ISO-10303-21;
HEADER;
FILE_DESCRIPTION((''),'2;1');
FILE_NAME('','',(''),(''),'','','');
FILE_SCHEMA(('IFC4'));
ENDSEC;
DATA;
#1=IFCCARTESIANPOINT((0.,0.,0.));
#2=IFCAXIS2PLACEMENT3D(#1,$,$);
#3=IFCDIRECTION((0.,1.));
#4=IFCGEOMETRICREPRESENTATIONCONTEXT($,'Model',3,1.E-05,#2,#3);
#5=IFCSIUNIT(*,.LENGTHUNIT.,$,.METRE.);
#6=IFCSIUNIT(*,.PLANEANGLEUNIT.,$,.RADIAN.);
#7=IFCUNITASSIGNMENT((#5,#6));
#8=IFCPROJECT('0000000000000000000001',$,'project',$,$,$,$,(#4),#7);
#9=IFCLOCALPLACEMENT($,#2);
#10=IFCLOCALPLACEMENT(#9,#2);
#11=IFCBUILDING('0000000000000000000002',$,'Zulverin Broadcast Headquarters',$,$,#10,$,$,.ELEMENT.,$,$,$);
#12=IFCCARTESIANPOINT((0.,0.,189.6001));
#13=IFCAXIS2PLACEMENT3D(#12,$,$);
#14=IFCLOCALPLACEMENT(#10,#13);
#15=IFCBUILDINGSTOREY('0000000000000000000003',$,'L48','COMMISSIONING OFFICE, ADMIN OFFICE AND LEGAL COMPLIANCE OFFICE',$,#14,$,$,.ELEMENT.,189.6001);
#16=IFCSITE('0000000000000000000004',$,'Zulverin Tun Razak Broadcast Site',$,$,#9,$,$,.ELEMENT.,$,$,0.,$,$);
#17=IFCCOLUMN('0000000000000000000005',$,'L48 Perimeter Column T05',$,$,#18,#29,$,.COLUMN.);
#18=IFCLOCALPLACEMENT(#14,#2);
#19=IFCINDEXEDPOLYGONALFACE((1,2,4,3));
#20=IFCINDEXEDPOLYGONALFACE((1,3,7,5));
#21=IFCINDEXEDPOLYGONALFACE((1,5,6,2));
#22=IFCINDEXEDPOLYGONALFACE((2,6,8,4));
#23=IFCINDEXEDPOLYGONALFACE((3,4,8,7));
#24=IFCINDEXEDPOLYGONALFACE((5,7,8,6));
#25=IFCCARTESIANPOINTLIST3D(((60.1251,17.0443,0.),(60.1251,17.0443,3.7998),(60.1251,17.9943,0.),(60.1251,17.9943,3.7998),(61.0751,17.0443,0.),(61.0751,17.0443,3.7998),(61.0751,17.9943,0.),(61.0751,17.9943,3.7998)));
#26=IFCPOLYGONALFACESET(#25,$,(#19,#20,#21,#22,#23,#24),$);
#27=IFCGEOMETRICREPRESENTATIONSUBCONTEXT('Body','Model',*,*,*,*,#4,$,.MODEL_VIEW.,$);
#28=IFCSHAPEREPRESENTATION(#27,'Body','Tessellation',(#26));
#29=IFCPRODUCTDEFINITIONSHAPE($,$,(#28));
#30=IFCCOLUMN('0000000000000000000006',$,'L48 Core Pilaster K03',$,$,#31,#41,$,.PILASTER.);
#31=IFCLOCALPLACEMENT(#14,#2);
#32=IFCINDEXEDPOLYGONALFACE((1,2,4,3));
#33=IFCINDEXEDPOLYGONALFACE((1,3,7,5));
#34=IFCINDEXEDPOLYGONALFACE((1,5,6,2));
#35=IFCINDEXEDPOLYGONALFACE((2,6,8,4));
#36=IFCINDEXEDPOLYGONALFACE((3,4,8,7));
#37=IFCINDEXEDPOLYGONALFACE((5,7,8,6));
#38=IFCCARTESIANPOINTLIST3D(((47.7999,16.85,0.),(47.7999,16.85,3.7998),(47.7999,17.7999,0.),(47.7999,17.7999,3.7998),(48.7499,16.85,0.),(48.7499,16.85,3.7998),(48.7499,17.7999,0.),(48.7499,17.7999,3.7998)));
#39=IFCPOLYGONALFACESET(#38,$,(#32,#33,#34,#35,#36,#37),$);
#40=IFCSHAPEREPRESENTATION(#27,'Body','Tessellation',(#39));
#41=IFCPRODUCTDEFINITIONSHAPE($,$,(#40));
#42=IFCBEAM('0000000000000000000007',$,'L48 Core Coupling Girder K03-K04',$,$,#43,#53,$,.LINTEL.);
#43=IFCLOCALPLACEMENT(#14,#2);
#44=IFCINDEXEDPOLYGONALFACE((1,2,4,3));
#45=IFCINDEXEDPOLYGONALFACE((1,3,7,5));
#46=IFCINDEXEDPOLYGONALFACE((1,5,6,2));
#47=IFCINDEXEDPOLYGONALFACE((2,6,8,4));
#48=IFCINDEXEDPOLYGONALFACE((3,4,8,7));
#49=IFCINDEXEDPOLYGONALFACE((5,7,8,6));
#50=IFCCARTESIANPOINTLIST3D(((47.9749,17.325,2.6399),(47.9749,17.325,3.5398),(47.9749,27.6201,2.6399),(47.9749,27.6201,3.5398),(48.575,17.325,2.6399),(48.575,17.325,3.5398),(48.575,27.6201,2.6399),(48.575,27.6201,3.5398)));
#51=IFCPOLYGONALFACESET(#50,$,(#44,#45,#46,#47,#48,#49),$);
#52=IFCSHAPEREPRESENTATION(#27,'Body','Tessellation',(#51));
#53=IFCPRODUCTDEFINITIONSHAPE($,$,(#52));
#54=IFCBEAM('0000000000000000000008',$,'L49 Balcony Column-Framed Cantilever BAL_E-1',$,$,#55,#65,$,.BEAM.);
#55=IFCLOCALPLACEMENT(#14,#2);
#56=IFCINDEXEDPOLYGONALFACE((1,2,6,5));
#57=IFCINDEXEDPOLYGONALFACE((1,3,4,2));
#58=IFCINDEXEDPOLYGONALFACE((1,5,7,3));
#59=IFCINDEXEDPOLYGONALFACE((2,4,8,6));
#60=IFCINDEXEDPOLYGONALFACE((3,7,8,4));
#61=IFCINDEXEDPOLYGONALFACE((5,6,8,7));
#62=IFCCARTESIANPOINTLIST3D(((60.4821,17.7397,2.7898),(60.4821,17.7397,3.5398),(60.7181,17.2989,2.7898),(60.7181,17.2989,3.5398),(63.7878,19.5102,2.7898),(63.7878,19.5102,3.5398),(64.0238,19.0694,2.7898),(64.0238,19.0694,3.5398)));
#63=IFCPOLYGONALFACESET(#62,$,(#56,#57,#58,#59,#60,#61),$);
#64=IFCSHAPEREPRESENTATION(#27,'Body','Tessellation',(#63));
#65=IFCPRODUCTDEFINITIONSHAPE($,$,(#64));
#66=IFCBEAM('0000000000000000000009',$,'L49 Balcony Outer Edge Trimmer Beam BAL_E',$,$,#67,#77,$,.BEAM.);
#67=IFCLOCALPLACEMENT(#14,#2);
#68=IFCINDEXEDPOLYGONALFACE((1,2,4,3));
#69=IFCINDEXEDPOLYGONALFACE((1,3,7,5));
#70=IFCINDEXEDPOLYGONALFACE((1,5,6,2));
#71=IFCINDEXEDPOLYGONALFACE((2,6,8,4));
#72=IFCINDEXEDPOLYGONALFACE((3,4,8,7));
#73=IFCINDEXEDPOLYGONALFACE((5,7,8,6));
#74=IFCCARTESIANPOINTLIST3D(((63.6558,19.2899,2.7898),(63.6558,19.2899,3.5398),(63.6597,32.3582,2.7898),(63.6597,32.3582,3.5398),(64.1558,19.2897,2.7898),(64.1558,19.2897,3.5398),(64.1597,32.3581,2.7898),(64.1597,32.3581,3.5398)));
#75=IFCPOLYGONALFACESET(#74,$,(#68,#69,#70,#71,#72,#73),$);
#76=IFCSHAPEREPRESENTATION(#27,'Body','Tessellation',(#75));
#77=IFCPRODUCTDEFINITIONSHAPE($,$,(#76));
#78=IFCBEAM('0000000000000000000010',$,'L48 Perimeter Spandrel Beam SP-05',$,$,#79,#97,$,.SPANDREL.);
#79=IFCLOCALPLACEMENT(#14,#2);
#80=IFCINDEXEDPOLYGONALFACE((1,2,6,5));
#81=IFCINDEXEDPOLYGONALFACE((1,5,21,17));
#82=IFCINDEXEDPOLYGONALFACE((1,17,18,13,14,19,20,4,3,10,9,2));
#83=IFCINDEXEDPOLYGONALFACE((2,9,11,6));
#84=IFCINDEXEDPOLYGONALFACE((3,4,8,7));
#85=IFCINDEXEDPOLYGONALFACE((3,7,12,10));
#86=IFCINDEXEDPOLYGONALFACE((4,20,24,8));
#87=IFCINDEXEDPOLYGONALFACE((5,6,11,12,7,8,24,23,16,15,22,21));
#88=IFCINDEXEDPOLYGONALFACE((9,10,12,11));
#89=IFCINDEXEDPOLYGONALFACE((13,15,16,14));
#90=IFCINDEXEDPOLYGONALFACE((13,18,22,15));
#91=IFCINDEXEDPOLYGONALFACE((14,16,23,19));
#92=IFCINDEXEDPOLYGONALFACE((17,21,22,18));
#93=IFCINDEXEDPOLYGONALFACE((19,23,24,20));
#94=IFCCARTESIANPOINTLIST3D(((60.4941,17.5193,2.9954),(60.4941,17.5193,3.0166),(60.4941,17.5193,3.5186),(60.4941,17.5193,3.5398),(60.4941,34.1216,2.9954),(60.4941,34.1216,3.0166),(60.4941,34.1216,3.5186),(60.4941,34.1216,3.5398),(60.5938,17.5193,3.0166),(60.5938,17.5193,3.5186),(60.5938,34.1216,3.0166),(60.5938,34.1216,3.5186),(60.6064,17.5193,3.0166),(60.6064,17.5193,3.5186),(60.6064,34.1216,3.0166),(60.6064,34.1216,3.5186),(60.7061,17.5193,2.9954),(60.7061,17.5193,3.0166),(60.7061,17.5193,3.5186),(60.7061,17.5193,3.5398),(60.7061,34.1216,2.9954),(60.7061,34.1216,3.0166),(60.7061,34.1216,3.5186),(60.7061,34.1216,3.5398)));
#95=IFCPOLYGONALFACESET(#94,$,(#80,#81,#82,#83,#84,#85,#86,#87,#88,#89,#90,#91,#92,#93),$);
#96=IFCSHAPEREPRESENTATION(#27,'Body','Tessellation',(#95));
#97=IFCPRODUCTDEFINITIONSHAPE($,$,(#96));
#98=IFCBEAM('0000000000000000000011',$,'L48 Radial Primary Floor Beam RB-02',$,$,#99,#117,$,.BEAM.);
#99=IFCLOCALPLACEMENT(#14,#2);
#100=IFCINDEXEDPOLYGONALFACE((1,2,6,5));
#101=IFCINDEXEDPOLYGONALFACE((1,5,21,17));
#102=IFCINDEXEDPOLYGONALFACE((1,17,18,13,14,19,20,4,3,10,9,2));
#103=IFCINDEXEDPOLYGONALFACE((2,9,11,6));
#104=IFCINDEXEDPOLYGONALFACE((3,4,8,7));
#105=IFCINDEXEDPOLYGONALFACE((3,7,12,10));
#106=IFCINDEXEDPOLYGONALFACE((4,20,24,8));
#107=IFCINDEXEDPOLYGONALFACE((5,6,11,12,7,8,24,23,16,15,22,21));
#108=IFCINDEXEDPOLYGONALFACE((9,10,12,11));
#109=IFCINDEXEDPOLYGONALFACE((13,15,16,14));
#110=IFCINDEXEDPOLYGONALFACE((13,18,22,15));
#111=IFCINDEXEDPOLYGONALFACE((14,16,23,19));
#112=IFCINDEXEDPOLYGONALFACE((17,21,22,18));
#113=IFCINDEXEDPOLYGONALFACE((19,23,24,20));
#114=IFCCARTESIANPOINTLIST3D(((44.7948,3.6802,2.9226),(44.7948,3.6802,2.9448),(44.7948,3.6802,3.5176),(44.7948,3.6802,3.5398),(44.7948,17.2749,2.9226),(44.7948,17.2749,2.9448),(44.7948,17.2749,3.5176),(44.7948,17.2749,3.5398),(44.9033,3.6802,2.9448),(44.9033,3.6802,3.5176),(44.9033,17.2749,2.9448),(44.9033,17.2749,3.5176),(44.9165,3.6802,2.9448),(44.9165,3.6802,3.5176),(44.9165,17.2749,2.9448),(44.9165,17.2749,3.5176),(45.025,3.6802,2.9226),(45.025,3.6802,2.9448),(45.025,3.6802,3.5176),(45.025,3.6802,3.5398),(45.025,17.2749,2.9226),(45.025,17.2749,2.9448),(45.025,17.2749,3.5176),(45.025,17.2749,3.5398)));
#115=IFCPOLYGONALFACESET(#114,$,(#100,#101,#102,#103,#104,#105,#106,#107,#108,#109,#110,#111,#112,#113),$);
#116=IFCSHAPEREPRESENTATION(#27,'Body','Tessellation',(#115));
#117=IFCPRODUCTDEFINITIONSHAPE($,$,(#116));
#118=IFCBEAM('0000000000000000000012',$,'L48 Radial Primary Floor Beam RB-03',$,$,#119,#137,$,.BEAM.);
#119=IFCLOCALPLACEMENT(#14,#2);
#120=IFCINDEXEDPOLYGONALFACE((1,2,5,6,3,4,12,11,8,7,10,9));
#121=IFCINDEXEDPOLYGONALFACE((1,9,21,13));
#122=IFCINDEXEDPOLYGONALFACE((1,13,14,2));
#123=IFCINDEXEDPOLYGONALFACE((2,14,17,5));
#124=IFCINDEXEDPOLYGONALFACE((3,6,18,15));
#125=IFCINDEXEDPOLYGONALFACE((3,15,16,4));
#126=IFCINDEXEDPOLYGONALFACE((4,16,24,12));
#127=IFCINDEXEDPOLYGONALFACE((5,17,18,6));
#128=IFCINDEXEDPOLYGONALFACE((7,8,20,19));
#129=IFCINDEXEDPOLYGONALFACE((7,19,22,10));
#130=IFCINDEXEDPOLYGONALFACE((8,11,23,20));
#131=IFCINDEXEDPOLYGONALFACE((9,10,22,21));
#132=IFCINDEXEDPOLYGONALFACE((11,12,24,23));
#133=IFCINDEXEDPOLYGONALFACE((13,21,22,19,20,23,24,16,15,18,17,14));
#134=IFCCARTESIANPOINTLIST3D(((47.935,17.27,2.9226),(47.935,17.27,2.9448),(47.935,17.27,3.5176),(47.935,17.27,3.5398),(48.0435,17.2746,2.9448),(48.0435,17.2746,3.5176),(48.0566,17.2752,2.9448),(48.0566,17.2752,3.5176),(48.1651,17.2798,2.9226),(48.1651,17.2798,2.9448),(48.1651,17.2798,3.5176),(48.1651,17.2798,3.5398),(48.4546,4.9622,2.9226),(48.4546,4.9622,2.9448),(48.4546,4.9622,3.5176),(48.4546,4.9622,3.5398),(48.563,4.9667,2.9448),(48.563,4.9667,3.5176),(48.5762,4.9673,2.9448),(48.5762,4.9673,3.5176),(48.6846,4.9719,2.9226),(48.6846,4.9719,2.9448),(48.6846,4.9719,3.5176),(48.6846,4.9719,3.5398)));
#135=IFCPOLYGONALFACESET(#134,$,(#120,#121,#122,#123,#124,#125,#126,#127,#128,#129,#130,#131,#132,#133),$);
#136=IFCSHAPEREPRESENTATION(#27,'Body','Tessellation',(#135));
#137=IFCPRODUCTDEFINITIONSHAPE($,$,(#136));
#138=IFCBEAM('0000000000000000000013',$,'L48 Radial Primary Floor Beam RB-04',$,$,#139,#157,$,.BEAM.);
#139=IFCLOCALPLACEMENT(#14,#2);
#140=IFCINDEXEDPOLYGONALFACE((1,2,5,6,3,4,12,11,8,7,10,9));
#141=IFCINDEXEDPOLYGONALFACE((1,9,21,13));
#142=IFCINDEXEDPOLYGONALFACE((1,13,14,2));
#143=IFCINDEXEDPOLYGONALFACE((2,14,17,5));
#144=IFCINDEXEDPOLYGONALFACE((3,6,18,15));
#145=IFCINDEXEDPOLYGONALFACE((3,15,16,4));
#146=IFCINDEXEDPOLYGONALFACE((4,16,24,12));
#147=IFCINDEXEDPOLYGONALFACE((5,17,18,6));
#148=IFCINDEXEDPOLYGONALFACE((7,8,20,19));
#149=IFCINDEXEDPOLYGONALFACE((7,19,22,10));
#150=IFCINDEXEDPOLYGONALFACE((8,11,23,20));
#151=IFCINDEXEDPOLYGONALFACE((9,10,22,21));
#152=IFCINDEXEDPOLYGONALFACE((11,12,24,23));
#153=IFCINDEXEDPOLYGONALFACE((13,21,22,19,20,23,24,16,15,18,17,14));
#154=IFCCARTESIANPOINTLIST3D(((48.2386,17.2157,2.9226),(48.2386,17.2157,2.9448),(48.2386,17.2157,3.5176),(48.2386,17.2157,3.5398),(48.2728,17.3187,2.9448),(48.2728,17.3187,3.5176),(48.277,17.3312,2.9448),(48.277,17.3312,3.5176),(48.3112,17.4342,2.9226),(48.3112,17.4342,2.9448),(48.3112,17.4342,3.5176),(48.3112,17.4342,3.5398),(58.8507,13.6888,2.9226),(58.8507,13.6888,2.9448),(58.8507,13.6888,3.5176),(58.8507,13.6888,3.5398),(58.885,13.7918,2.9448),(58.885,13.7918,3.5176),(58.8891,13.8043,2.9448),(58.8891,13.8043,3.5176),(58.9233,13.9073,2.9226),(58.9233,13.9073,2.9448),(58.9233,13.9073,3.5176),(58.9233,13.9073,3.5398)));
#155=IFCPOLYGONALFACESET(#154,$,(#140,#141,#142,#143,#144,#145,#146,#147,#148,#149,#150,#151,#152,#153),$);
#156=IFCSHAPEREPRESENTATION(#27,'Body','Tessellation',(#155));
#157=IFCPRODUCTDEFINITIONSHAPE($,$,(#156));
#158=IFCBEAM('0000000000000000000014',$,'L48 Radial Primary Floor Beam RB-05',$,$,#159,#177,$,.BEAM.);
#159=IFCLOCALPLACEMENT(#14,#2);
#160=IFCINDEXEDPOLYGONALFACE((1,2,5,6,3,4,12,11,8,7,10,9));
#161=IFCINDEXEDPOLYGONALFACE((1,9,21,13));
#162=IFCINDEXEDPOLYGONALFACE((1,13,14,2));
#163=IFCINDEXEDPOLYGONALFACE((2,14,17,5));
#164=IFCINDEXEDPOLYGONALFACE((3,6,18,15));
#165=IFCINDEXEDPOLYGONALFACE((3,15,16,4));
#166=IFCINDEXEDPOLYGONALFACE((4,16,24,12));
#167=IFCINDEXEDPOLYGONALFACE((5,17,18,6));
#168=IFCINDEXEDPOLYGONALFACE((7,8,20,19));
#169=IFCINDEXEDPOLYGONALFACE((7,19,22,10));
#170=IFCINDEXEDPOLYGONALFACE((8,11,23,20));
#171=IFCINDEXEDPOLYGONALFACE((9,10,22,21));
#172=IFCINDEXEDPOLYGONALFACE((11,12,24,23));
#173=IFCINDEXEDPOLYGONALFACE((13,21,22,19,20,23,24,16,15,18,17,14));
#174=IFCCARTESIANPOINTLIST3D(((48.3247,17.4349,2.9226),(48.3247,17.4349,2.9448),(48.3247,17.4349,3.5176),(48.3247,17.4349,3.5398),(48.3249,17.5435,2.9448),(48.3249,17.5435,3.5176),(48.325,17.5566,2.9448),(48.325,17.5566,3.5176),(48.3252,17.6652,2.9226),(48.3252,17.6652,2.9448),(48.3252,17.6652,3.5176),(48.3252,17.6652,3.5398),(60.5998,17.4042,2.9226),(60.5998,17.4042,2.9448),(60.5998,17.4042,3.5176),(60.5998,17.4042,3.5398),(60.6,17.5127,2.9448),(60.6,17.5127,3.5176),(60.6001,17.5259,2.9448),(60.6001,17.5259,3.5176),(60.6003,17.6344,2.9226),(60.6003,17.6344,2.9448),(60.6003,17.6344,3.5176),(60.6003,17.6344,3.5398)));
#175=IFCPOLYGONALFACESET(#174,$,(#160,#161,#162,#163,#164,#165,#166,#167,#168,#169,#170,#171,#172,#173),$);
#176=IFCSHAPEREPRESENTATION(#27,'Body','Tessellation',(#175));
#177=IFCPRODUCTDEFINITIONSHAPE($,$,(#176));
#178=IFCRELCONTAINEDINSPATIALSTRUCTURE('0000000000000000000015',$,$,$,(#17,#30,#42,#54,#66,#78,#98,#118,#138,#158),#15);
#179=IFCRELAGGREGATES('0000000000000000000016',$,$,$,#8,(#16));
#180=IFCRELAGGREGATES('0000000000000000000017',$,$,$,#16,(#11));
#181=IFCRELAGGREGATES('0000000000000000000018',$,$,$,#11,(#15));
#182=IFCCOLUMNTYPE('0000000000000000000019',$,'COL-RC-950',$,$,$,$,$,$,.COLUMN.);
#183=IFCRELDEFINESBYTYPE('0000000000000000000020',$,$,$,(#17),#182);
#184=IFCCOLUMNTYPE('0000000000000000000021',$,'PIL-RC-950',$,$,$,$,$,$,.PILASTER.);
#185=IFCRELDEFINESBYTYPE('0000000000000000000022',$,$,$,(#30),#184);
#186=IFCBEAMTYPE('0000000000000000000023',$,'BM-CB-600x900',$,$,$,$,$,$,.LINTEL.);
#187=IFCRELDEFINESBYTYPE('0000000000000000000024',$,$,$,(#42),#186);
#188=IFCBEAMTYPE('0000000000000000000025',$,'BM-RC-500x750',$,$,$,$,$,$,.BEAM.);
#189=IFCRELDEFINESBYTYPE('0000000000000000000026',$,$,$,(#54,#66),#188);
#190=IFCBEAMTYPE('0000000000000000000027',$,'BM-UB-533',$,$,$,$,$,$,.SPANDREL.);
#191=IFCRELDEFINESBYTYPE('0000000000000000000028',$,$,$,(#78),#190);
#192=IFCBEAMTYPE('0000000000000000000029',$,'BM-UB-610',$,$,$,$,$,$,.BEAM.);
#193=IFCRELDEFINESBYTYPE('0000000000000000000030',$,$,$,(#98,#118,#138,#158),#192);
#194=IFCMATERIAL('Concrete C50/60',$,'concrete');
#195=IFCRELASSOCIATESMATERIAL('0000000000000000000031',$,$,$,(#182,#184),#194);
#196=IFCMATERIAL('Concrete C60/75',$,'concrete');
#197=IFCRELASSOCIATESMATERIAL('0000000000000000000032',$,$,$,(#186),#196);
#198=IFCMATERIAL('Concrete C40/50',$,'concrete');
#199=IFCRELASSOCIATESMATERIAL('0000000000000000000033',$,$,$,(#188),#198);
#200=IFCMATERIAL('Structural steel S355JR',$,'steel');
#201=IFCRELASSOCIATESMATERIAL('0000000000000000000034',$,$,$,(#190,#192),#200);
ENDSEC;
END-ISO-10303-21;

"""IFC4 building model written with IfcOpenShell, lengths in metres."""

from ifc_helpers import new_model, si_unit, direction, frame, origin, origin_2d, place, context, subcontext, project, spatial, rectangle, i_section, extrude, material, material_profile, profile_set, type_object, element, save


model = new_model("IFC4")

# Units and contexts
model_context = context("Model", 3, precision=1e-05, world=origin(), true_north=direction((0.0, 1.0)))
body_context = subcontext(model_context, "Body", "Model", "MODEL_VIEW")
ifc_project = project(units=[si_unit("LENGTHUNIT", "METRE"), si_unit("PLANEANGLEUNIT", "RADIAN")], contexts=[model_context])

# Site, building, storey
site_placement = place(None, origin())
site = spatial("IfcSite", under=ifc_project, at=site_placement, Name="Zulverin Tun Razak Broadcast Site", CompositionType="ELEMENT", RefElevation=0.0)
building_placement = place(site_placement, origin())
building = spatial("IfcBuilding", under=site, at=building_placement, Name="Zulverin Broadcast Headquarters", CompositionType="ELEMENT")
storey_placement = place(building_placement, frame((0.0, 0.0, 189.6001)))
storey = spatial("IfcBuildingStorey", under=building, at=storey_placement, Name="L48", Description="COMMISSIONING OFFICE, ADMIN OFFICE AND LEGAL COMPLIANCE OFFICE", CompositionType="ELEMENT", Elevation=189.6001)

# Columns
ifc_material_1 = material(Name="Concrete C50/60", Category="concrete")
ifc_material_profile_1 = material_profile(ifc_material_1, rectangle(XDim=0.95, YDim=0.95, at=origin_2d()), Name="Concrete C50/60", Category="concrete")
ifc_profile_set_1 = profile_set([ifc_material_profile_1], Name="Concrete C50/60")
column_type_1 = type_object("IfcColumnType", Name="COL-RC-950", PredefinedType="COLUMN", material=ifc_profile_set_1)
column_1_placement = place(storey_placement, frame((60.6001, 17.5193, 0.0), z_axis=(0.0, 0.0, 1.0), x_axis=(1.0, 0.0, 0.0)))
element("IfcColumn", 1, at=column_1_placement, inside=storey, type_object=column_type_1, Name="L48 Perimeter Column T05", PredefinedType="COLUMN", context=body_context, shape_type="SweptSolid", body=[
    extrude(rectangle(XDim=0.95, YDim=0.95, at=origin_2d()), origin(), (0.0, 0.0, 1.0), 3.7998),
])
ifc_material_profile_2 = material_profile(ifc_material_1, rectangle(XDim=0.95, YDim=0.95, at=origin_2d()), Name="Concrete C50/60", Category="concrete")
ifc_profile_set_2 = profile_set([ifc_material_profile_2], Name="Concrete C50/60")
column_type_2 = type_object("IfcColumnType", Name="PIL-RC-950", PredefinedType="PILASTER", material=ifc_profile_set_2)
column_2_placement = place(storey_placement, frame((48.2749, 17.325, 0.0), z_axis=(0.0, 0.0, 1.0), x_axis=(1.0, 0.0, 0.0)))
element("IfcColumn", 2, at=column_2_placement, inside=storey, type_object=column_type_2, Name="L48 Core Pilaster K03", PredefinedType="PILASTER", context=body_context, shape_type="SweptSolid", body=[
    extrude(rectangle(XDim=0.95, YDim=0.95, at=origin_2d()), origin(), (0.0, 0.0, 1.0), 3.7998),
])

# Beams
ifc_material_2 = material(Name="Concrete C60/75", Category="concrete")
ifc_material_profile_3 = material_profile(ifc_material_2, rectangle(XDim=0.6001, YDim=0.8999, at=origin_2d()), Name="Concrete C60/75", Category="concrete")
ifc_profile_set_3 = profile_set([ifc_material_profile_3], Name="Concrete C60/75")
beam_type_1 = type_object("IfcBeamType", Name="BM-CB-600x900", PredefinedType="LINTEL", material=ifc_profile_set_3)
beam_1_placement = place(storey_placement, frame((48.2749, 17.325, 3.0898), z_axis=(0.0, 1.0, 0.0), x_axis=(-1.0, 0.0, 0.0)))
element("IfcBeam", 3, at=beam_1_placement, inside=storey, type_object=beam_type_1, Name="L48 Core Coupling Girder K03-K04", PredefinedType="LINTEL", context=body_context, shape_type="SweptSolid", body=[
    extrude(rectangle(XDim=0.6001, YDim=0.8999, at=origin_2d()), origin(), (0.0, 0.0, 1.0), 10.2952),
])
ifc_material_3 = material(Name="Concrete C40/50", Category="concrete")
ifc_material_profile_4 = material_profile(ifc_material_3, rectangle(XDim=0.5, YDim=0.75, at=origin_2d()), Name="Concrete C40/50", Category="concrete")
ifc_profile_set_4 = profile_set([ifc_material_profile_4], Name="Concrete C40/50")
beam_type_2 = type_object("IfcBeamType", Name="BM-RC-500x750", PredefinedType="BEAM", material=ifc_profile_set_4)
beam_2_placement = place(storey_placement, frame((60.6001, 17.5193, 3.1648), z_axis=(0.881523, 0.472142, 0.0), x_axis=(-0.472142, 0.881523, 0.0)))
element("IfcBeam", 4, at=beam_2_placement, inside=storey, type_object=beam_type_2, Name="L49 Balcony Column-Framed Cantilever BAL_E-1", PredefinedType="BEAM", context=body_context, shape_type="SweptSolid", body=[
    extrude(rectangle(XDim=0.5, YDim=0.75, at=origin_2d()), origin(), (0.0, 0.0, 1.0), 3.75),
])
beam_3_placement = place(storey_placement, frame((63.9058, 19.2898, 3.1648), z_axis=(0.000299, 1.0, 0.0), x_axis=(-1.0, 0.000299, 0.0)))
element("IfcBeam", 5, at=beam_3_placement, inside=storey, type_object=beam_type_2, Name="L49 Balcony Outer Edge Trimmer Beam BAL_E", PredefinedType="BEAM", context=body_context, shape_type="SweptSolid", body=[
    extrude(rectangle(XDim=0.5, YDim=0.75, at=origin_2d()), origin(), (0.0, 0.0, 1.0), 13.0684),
])
ifc_material_4 = material(Name="Structural steel S355JR", Category="steel")
ifc_material_profile_5 = material_profile(ifc_material_4, i_section(OverallWidth=0.2119, OverallDepth=0.5444, WebThickness=0.0127, FlangeThickness=0.0212, at=origin_2d()), Name="Structural steel S355JR", Category="steel")
ifc_profile_set_5 = profile_set([ifc_material_profile_5], Name="Structural steel S355JR")
beam_type_3 = type_object("IfcBeamType", Name="BM-UB-533", PredefinedType="SPANDREL", material=ifc_profile_set_5)
beam_4_placement = place(storey_placement, frame((60.6001, 17.5193, 3.2676), z_axis=(0.0, 1.0, 0.0), x_axis=(-1.0, 0.0, 0.0)))
element("IfcBeam", 6, at=beam_4_placement, inside=storey, type_object=beam_type_3, Name="L48 Perimeter Spandrel Beam SP-05", PredefinedType="SPANDREL", context=body_context, shape_type="SweptSolid", body=[
    extrude(i_section(OverallWidth=0.2119, OverallDepth=0.5444, WebThickness=0.0127, FlangeThickness=0.0212, at=origin_2d()), origin(), (0.0, 0.0, 1.0), 16.6023),
])
ifc_material_profile_6 = material_profile(ifc_material_4, i_section(OverallWidth=0.2302, OverallDepth=0.6172, WebThickness=0.0132, FlangeThickness=0.0222, at=origin_2d()), Name="Structural steel S355JR", Category="steel")
ifc_profile_set_6 = profile_set([ifc_material_profile_6], Name="Structural steel S355JR")
beam_type_4 = type_object("IfcBeamType", Name="BM-UB-610", PredefinedType="BEAM", material=ifc_profile_set_6)
beam_5_placement = place(storey_placement, frame((44.9099, 17.2749, 3.2312), z_axis=(0.0, -1.0, 0.0), x_axis=(1.0, 0.0, 0.0)))
element("IfcBeam", 7, at=beam_5_placement, inside=storey, type_object=beam_type_4, Name="L48 Radial Primary Floor Beam RB-02", PredefinedType="BEAM", context=body_context, shape_type="SweptSolid", body=[
    extrude(i_section(OverallWidth=0.2302, OverallDepth=0.6172, WebThickness=0.0132, FlangeThickness=0.0222, at=origin_2d()), origin(), (0.0, 0.0, 1.0), 13.5947),
])
beam_6_placement = place(storey_placement, frame((48.05, 17.2749, 3.2312), z_axis=(0.042174, -0.99911, 0.0), x_axis=(0.99911, 0.042174, 0.0)))
element("IfcBeam", 8, at=beam_6_placement, inside=storey, type_object=beam_type_4, Name="L48 Radial Primary Floor Beam RB-03", PredefinedType="BEAM", context=body_context, shape_type="SweptSolid", body=[
    extrude(i_section(OverallWidth=0.2302, OverallDepth=0.6172, WebThickness=0.0132, FlangeThickness=0.0222, at=origin_2d()), origin(), (0.0, 0.0, 1.0), 12.3188),
])
beam_7_placement = place(storey_placement, frame((48.2749, 17.325, 3.2312), z_axis=(0.948965, -0.315383, 0.0), x_axis=(0.315383, 0.948965, 0.0)))
element("IfcBeam", 9, at=beam_7_placement, inside=storey, type_object=beam_type_4, Name="L48 Radial Primary Floor Beam RB-04", PredefinedType="BEAM", context=body_context, shape_type="SweptSolid", body=[
    extrude(i_section(OverallWidth=0.2302, OverallDepth=0.6172, WebThickness=0.0132, FlangeThickness=0.0222, at=origin_2d()), origin(), (0.0, 0.0, 1.0), 11.1829),
])
beam_8_placement = place(storey_placement, frame((48.325, 17.55, 3.2312), z_axis=(0.999997, -0.002506, 0.0), x_axis=(0.002506, 0.999997, 0.0)))
element("IfcBeam", 10, at=beam_8_placement, inside=storey, type_object=beam_type_4, Name="L48 Radial Primary Floor Beam RB-05", PredefinedType="BEAM", context=body_context, shape_type="SweptSolid", body=[
    extrude(i_section(OverallWidth=0.2302, OverallDepth=0.6172, WebThickness=0.0132, FlangeThickness=0.0222, at=origin_2d()), origin(), (0.0, 0.0, 1.0), 12.2751),
])

save(model, "model.ifc")
